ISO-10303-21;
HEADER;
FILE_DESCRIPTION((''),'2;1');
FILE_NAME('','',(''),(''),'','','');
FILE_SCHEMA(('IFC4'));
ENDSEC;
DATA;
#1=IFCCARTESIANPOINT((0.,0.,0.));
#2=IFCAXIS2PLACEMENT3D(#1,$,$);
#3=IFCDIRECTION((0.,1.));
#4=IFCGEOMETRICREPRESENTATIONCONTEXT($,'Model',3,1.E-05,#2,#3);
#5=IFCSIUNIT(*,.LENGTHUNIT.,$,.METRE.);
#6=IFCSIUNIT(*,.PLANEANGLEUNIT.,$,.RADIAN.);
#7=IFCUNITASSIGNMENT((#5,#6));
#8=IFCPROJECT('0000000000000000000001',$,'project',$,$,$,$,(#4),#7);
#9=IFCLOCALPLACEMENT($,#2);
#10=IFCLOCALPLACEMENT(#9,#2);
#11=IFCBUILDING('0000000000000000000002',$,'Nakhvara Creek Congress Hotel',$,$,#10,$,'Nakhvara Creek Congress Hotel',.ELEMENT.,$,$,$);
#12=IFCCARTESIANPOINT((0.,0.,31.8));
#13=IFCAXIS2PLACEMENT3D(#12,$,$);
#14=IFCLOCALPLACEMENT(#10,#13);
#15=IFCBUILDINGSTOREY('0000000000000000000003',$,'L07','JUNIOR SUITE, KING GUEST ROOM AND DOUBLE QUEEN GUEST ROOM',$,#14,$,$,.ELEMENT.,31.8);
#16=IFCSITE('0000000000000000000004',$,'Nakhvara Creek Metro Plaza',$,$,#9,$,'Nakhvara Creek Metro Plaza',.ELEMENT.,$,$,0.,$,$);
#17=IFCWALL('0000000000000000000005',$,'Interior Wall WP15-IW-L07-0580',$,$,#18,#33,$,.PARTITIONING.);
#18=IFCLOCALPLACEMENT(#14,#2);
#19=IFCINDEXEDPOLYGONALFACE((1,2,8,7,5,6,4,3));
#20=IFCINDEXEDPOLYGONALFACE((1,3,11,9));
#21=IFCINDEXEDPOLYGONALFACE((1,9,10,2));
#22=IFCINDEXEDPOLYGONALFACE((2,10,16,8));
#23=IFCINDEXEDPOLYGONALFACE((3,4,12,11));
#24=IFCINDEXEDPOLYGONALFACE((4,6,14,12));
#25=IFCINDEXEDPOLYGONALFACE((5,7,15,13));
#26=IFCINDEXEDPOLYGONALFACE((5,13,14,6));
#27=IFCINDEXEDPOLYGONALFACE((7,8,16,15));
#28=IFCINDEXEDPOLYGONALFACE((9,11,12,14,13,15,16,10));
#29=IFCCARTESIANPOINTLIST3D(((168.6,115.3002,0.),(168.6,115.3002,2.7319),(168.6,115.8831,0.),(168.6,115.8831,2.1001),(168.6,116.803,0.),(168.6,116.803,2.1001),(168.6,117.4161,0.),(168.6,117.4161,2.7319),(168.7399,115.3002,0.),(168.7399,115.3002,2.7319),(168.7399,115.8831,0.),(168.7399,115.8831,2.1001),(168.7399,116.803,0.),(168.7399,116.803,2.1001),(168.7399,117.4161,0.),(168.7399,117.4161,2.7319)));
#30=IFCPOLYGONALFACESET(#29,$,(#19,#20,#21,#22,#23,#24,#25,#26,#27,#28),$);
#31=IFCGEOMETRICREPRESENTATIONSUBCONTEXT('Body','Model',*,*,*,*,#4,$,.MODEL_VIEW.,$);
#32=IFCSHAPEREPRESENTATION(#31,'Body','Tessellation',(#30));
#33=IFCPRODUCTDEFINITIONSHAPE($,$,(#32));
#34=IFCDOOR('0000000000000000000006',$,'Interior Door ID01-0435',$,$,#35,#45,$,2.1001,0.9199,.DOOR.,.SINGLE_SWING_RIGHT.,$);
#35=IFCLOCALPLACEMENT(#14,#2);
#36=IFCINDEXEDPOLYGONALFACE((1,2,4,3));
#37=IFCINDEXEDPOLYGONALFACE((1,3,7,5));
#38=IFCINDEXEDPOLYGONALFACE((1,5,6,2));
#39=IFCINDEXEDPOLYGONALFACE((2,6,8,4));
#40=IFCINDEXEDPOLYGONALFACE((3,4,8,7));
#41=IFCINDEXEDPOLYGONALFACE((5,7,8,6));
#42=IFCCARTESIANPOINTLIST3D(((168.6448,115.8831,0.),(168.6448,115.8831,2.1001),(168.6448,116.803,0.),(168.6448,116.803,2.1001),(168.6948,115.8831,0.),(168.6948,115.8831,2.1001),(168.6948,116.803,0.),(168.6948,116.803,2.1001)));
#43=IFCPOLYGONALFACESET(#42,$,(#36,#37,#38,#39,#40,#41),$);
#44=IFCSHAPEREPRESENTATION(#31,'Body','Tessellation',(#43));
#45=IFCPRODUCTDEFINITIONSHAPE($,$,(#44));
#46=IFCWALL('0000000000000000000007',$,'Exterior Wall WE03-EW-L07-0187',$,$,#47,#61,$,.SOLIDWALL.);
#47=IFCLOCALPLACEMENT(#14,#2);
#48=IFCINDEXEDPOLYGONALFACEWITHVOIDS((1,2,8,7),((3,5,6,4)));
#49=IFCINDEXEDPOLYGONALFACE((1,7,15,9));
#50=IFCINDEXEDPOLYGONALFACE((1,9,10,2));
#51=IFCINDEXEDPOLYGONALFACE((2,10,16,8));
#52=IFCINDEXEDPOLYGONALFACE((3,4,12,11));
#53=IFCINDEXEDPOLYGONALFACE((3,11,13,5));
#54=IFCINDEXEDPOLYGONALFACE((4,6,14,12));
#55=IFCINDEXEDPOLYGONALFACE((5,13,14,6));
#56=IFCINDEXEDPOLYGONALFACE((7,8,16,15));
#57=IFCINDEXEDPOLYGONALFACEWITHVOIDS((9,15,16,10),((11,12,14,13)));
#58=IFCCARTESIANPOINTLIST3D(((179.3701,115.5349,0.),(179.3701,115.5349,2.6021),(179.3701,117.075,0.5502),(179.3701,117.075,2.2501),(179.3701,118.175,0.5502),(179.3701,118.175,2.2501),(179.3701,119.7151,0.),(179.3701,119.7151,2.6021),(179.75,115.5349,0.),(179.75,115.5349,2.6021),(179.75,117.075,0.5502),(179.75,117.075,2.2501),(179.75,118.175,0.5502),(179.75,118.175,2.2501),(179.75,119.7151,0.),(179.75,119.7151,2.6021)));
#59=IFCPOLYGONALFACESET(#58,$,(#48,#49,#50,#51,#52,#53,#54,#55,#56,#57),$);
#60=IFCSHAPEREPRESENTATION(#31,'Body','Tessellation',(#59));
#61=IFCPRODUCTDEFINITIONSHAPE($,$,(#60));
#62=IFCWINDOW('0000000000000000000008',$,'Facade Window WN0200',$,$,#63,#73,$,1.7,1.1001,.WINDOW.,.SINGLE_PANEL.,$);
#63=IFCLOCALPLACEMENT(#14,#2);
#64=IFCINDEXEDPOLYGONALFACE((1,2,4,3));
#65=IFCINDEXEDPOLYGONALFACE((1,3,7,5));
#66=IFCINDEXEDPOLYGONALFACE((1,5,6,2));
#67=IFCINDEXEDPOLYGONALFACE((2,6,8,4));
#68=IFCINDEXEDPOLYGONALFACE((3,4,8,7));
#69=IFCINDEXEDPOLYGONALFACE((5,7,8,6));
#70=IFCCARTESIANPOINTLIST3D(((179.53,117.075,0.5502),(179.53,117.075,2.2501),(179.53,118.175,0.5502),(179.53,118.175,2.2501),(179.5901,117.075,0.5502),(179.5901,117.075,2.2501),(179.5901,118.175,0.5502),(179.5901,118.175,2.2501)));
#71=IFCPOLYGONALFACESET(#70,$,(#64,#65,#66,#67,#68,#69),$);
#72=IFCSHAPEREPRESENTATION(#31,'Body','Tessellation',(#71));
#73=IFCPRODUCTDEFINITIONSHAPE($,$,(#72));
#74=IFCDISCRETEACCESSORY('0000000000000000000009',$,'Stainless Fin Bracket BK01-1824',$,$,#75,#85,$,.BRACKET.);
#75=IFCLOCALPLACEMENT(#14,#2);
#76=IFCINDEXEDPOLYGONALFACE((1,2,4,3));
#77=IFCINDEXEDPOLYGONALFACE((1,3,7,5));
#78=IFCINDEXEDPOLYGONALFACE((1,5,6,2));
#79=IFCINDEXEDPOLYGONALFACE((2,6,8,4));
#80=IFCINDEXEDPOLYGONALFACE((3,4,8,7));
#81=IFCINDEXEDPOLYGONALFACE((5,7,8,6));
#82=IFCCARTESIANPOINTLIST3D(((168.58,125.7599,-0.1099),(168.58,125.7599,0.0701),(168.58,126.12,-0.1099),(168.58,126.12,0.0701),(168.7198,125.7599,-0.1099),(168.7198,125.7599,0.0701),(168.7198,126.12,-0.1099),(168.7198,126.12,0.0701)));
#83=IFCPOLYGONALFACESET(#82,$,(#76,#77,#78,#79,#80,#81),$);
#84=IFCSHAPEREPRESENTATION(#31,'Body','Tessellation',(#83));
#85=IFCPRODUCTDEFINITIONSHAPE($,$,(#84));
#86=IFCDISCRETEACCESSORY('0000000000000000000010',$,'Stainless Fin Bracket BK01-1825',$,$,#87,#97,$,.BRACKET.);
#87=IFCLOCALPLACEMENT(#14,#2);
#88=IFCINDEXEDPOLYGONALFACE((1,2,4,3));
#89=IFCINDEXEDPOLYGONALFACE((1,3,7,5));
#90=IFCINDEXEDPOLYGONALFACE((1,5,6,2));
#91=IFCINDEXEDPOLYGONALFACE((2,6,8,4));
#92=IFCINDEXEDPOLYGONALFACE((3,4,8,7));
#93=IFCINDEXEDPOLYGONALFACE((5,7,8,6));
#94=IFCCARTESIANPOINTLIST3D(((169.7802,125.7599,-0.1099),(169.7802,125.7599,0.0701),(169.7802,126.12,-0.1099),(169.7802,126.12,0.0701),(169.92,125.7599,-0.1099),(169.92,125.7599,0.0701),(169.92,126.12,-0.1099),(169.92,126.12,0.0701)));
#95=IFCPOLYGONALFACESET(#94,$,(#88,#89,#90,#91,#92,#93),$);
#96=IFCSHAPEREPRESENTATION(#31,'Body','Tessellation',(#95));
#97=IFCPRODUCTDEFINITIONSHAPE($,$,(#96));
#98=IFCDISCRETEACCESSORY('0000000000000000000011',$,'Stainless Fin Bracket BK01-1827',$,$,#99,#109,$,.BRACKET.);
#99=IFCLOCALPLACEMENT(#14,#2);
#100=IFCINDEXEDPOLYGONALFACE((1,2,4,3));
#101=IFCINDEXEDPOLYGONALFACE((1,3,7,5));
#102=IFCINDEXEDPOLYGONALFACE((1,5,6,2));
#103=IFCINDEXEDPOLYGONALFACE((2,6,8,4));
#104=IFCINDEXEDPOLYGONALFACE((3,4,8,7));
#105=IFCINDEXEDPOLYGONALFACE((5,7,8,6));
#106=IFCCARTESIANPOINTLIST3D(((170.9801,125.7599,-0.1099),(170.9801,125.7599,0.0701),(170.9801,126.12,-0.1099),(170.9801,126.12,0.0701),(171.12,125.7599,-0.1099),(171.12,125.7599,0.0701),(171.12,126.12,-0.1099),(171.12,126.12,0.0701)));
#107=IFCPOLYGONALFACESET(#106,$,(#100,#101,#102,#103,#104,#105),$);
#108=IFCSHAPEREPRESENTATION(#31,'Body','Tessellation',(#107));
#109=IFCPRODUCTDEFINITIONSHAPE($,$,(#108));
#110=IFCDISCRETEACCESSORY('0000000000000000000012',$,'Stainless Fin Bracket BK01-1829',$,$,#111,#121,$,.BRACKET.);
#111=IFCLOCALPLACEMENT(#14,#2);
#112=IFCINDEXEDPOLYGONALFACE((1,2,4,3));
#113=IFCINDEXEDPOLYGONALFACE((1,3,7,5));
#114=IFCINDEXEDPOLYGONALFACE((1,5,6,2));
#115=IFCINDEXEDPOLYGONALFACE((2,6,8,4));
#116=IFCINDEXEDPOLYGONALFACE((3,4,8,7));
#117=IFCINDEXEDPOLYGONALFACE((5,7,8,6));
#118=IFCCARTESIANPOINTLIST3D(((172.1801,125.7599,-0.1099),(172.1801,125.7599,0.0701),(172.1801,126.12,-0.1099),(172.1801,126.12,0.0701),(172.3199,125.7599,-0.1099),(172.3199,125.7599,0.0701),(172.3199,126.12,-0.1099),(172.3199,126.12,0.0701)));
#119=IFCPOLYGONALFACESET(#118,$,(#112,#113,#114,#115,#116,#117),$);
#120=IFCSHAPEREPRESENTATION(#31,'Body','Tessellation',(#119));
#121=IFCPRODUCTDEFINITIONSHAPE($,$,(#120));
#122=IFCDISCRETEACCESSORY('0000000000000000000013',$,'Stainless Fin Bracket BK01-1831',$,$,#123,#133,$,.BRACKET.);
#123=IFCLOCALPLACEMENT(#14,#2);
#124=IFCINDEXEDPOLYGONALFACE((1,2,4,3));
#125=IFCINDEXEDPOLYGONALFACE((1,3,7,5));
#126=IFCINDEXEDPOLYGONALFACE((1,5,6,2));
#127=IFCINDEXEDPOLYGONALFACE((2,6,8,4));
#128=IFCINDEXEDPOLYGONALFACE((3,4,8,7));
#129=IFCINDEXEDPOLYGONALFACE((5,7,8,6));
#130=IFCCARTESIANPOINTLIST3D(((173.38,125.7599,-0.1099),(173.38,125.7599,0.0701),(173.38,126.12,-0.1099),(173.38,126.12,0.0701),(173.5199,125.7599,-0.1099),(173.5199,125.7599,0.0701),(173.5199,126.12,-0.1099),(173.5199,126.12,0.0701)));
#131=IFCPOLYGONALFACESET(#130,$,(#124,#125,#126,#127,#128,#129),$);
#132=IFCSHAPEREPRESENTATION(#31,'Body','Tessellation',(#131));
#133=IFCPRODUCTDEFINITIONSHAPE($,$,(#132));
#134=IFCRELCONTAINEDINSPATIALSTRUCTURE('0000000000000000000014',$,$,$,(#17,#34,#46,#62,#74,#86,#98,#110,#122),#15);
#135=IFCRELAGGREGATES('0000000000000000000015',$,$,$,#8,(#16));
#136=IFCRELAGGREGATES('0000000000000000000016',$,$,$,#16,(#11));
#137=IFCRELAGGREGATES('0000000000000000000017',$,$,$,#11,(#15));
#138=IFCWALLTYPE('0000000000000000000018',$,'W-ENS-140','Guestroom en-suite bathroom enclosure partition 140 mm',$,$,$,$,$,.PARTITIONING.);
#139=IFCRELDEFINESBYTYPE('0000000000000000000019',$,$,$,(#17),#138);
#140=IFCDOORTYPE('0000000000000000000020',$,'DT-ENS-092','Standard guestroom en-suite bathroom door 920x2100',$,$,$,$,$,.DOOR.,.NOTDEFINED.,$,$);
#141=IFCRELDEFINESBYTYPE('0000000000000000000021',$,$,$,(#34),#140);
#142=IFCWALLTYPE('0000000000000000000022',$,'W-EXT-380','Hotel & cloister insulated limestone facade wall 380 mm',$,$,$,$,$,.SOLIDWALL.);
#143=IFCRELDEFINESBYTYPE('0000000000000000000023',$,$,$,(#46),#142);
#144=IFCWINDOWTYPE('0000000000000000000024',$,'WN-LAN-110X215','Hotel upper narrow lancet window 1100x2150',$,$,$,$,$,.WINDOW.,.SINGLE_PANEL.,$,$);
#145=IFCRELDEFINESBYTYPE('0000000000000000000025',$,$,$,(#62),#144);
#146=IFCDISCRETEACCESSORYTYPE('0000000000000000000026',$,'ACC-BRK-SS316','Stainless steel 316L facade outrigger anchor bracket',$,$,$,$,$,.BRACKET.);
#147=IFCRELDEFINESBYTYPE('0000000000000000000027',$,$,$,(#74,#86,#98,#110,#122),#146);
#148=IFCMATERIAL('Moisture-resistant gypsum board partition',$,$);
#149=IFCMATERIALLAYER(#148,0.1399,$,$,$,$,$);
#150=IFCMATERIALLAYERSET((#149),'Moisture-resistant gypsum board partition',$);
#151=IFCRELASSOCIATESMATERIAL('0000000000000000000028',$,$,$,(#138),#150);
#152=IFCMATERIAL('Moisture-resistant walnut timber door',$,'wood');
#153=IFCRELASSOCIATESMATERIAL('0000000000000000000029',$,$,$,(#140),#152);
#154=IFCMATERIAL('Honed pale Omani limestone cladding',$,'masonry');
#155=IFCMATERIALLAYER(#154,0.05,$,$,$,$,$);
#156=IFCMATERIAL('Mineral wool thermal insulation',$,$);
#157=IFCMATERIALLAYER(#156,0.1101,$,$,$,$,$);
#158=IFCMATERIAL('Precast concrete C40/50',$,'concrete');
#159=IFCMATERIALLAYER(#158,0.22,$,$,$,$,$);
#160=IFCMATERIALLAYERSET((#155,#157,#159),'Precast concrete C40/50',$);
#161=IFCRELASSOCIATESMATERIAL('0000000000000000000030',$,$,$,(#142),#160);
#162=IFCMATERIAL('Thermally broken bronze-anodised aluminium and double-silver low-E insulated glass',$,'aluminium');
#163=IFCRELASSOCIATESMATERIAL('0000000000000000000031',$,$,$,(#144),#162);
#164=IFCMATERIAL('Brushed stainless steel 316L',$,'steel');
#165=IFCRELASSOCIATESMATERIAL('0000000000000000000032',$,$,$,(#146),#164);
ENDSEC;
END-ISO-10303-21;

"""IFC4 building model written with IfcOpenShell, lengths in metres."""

from ifc_helpers import new_model, si_unit, direction, frame, frame_2d, origin, origin_2d, place, context, subcontext, project, spatial, rectangle, extrude, material, layer, layer_set, type_object, element, fill, save


model = new_model("IFC4")

# Units and contexts
model_context = context("Model", 3, precision=1e-05, world=origin(), true_north=direction((0.0, 1.0)))
body_context = subcontext(model_context, "Body", "Model", "MODEL_VIEW")
ifc_project = project(units=[si_unit("LENGTHUNIT", "METRE"), si_unit("PLANEANGLEUNIT", "RADIAN")], contexts=[model_context])

# Site, building, storey
site_placement = place(None, origin())
site = spatial("IfcSite", under=ifc_project, at=site_placement, Name="Nakhvara Creek Metro Plaza", LongName="Nakhvara Creek Metro Plaza", CompositionType="ELEMENT", RefElevation=0.0)
building_placement = place(site_placement, origin())
building = spatial("IfcBuilding", under=site, at=building_placement, Name="Nakhvara Creek Congress Hotel", LongName="Nakhvara Creek Congress Hotel", CompositionType="ELEMENT")
storey_placement = place(building_placement, frame((0.0, 0.0, 31.8)))
storey = spatial("IfcBuildingStorey", under=building, at=storey_placement, Name="L07", Description="JUNIOR SUITE, KING GUEST ROOM AND DOUBLE QUEEN GUEST ROOM", CompositionType="ELEMENT", Elevation=31.8)

# Wall, opening, door
ifc_material_1 = material(Name="Moisture-resistant gypsum board partition")
ifc_layer_1 = layer(ifc_material_1, 0.1399)
ifc_layer_set_1 = layer_set([ifc_layer_1], Name="Moisture-resistant gypsum board partition")
wall_type_1 = type_object("IfcWallType", Name="W-ENS-140", Description="Guestroom en-suite bathroom enclosure partition 140 mm", PredefinedType="PARTITIONING", material=ifc_layer_set_1)
ifc_material_2 = material(Name="Moisture-resistant walnut timber door", Category="wood")
wall_1_placement = place(storey_placement, frame((168.6699, 115.3, 0.0), z_axis=(0.0, 0.0, 1.0), x_axis=(0.0, 1.0, 0.0)))
wall_1 = element("IfcWall", 1, at=wall_1_placement, inside=storey, type_object=wall_type_1, Name="Interior Wall WP15-IW-L07-0580", PredefinedType="PARTITIONING", context=body_context, shape_type="SweptSolid", body=[
    extrude(rectangle(XDim=2.116, YDim=0.1399, at=frame_2d((1.0581, 0.0))), origin(), (0.0, 0.0, 1.0), 2.7319),
])
opening_1_placement = place(wall_1_placement, frame((0.583, 0.0, 0.0)))
opening_1 = element("IfcOpeningElement", 2, at=opening_1_placement, cuts=wall_1, PredefinedType="OPENING", context=body_context, shape_type="SweptSolid", body=[
    extrude(rectangle(XDim=0.9199, YDim=2.1001, at=frame_2d((0.46, 1.05))), frame((0.0, 0.082, 0.0), z_axis=(0.0, -1.0, 0.0), x_axis=(1.0, 0.0, 0.0)), (0.0, 0.0, 1.0), 0.1638),
])
door_type_1 = type_object("IfcDoorType", Name="DT-ENS-092", Description="Standard guestroom en-suite bathroom door 920x2100", OperationType="NOTDEFINED", PredefinedType="DOOR", material=ifc_material_2)
door_1_placement = place(opening_1_placement, frame((0.9199, 0.0, 0.0), z_axis=(0.0, 0.0, 1.0), x_axis=(-1.0, 0.0, 0.0)))
door_1 = element("IfcDoor", 3, at=door_1_placement, inside=storey, type_object=door_type_1, Name="Interior Door ID01-0435", OperationType="SINGLE_SWING_RIGHT", OverallHeight=2.1001, OverallWidth=0.9199, PredefinedType="DOOR", context=body_context, shape_type="SweptSolid", body=[
    extrude(rectangle(XDim=0.9199, YDim=2.1001, at=frame_2d((0.46, 1.05))), frame((0.0, 0.0249, 0.0), z_axis=(0.0, -1.0, 0.0), x_axis=(1.0, 0.0, 0.0)), (0.0, 0.0, 1.0), 0.05),
])
fill(opening_1, door_1)

# Wall, opening, window
ifc_material_3 = material(Name="Honed pale Omani limestone cladding", Category="masonry")
ifc_layer_2 = layer(ifc_material_3, 0.05)
ifc_material_4 = material(Name="Mineral wool thermal insulation")
ifc_layer_3 = layer(ifc_material_4, 0.1101)
ifc_material_5 = material(Name="Precast concrete C40/50", Category="concrete")
ifc_layer_4 = layer(ifc_material_5, 0.22)
ifc_layer_set_2 = layer_set([ifc_layer_2, ifc_layer_3, ifc_layer_4], Name="Precast concrete C40/50")
wall_type_2 = type_object("IfcWallType", Name="W-EXT-380", Description="Hotel & cloister insulated limestone facade wall 380 mm", PredefinedType="SOLIDWALL", material=ifc_layer_set_2)
wall_2_placement = place(storey_placement, frame((179.5601, 119.7151, 0.0), z_axis=(0.0, 0.0, 1.0), x_axis=(0.0, -1.0, 0.0)))
wall_2 = element("IfcWall", 4, at=wall_2_placement, inside=storey, type_object=wall_type_2, Name="Exterior Wall WE03-EW-L07-0187", PredefinedType="SOLIDWALL", context=body_context, shape_type="SweptSolid", body=[
    extrude(rectangle(XDim=4.1802, YDim=0.3799, at=frame_2d((2.0901, 0.0))), origin(), (0.0, 0.0, 1.0), 2.6021),
])
opening_2_placement = place(wall_2_placement, frame((1.54, 0.0, 0.55)))
opening_2 = element("IfcOpeningElement", 5, at=opening_2_placement, cuts=wall_2, PredefinedType="OPENING", context=body_context, shape_type="SweptSolid", body=[
    extrude(rectangle(XDim=1.1001, YDim=1.7, at=frame_2d((0.55, 0.8501))), frame((0.0, 0.2019, 0.0), z_axis=(0.0, -1.0, 0.0), x_axis=(1.0, 0.0, 0.0)), (0.0, 0.0, 1.0), 0.4038),
])
ifc_material_6 = material(Name="Thermally broken bronze-anodised aluminium and double-silver low-E insulated glass", Category="aluminium")
window_type = type_object("IfcWindowType", Name="WN-LAN-110X215", Description="Hotel upper narrow lancet window 1100x2150", PartitioningType="SINGLE_PANEL", PredefinedType="WINDOW", material=ifc_material_6)
window_placement = place(opening_2_placement, origin())
window = element("IfcWindow", 6, at=window_placement, inside=storey, type_object=window_type, Name="Facade Window WN0200", OverallHeight=1.7, OverallWidth=1.1001, PartitioningType="SINGLE_PANEL", PredefinedType="WINDOW", context=body_context, shape_type="SweptSolid", body=[
    extrude(rectangle(XDim=1.1001, YDim=1.7, at=frame_2d((0.55, 0.8501))), frame((0.0, 0.03, 0.0), z_axis=(0.0, -1.0, 0.0), x_axis=(1.0, 0.0, 0.0)), (0.0, 0.0, 1.0), 0.0601),
])
fill(opening_2, window)

# Discrete accessories
ifc_material_7 = material(Name="Brushed stainless steel 316L", Category="steel")
discrete_accessory_type = type_object("IfcDiscreteAccessoryType", Name="ACC-BRK-SS316", Description="Stainless steel 316L facade outrigger anchor bracket", PredefinedType="BRACKET", material=ifc_material_7)
for number, where, z_axis, x_axis, name in (
    (7, (168.6499, 125.9399, -0.1099), (0.0, 0.0, 1.0), (1.0, 0.0, 0.0), "Stainless Fin Bracket BK01-1824"),
    (8, (169.8501, 125.9399, -0.1099), (0.0, 0.0, 1.0), (1.0, 0.0, 0.0), "Stainless Fin Bracket BK01-1825"),
    (9, (171.05, 125.9399, -0.1099), (0.0, 0.0, 1.0), (1.0, 0.0, 0.0), "Stainless Fin Bracket BK01-1827"),
    (10, (172.25, 125.9399, -0.1099), (0.0, 0.0, 1.0), (1.0, 0.0, 0.0), "Stainless Fin Bracket BK01-1829"),
    (11, (173.45, 125.9399, -0.1099), (0.0, 0.0, 1.0), (1.0, 0.0, 0.0), "Stainless Fin Bracket BK01-1831"),
):
    element("IfcDiscreteAccessory", number, at=place(storey_placement, frame(where, z_axis=z_axis, x_axis=x_axis)), inside=storey, type_object=discrete_accessory_type, Name=name, PredefinedType="BRACKET", context=body_context, shape_type="SweptSolid", body=[
        extrude(rectangle(XDim=0.1399, YDim=0.3601, at=origin_2d()), origin(), (0.0, 0.0, 1.0), 0.1799),
    ])

save(model, "model.ifc")
